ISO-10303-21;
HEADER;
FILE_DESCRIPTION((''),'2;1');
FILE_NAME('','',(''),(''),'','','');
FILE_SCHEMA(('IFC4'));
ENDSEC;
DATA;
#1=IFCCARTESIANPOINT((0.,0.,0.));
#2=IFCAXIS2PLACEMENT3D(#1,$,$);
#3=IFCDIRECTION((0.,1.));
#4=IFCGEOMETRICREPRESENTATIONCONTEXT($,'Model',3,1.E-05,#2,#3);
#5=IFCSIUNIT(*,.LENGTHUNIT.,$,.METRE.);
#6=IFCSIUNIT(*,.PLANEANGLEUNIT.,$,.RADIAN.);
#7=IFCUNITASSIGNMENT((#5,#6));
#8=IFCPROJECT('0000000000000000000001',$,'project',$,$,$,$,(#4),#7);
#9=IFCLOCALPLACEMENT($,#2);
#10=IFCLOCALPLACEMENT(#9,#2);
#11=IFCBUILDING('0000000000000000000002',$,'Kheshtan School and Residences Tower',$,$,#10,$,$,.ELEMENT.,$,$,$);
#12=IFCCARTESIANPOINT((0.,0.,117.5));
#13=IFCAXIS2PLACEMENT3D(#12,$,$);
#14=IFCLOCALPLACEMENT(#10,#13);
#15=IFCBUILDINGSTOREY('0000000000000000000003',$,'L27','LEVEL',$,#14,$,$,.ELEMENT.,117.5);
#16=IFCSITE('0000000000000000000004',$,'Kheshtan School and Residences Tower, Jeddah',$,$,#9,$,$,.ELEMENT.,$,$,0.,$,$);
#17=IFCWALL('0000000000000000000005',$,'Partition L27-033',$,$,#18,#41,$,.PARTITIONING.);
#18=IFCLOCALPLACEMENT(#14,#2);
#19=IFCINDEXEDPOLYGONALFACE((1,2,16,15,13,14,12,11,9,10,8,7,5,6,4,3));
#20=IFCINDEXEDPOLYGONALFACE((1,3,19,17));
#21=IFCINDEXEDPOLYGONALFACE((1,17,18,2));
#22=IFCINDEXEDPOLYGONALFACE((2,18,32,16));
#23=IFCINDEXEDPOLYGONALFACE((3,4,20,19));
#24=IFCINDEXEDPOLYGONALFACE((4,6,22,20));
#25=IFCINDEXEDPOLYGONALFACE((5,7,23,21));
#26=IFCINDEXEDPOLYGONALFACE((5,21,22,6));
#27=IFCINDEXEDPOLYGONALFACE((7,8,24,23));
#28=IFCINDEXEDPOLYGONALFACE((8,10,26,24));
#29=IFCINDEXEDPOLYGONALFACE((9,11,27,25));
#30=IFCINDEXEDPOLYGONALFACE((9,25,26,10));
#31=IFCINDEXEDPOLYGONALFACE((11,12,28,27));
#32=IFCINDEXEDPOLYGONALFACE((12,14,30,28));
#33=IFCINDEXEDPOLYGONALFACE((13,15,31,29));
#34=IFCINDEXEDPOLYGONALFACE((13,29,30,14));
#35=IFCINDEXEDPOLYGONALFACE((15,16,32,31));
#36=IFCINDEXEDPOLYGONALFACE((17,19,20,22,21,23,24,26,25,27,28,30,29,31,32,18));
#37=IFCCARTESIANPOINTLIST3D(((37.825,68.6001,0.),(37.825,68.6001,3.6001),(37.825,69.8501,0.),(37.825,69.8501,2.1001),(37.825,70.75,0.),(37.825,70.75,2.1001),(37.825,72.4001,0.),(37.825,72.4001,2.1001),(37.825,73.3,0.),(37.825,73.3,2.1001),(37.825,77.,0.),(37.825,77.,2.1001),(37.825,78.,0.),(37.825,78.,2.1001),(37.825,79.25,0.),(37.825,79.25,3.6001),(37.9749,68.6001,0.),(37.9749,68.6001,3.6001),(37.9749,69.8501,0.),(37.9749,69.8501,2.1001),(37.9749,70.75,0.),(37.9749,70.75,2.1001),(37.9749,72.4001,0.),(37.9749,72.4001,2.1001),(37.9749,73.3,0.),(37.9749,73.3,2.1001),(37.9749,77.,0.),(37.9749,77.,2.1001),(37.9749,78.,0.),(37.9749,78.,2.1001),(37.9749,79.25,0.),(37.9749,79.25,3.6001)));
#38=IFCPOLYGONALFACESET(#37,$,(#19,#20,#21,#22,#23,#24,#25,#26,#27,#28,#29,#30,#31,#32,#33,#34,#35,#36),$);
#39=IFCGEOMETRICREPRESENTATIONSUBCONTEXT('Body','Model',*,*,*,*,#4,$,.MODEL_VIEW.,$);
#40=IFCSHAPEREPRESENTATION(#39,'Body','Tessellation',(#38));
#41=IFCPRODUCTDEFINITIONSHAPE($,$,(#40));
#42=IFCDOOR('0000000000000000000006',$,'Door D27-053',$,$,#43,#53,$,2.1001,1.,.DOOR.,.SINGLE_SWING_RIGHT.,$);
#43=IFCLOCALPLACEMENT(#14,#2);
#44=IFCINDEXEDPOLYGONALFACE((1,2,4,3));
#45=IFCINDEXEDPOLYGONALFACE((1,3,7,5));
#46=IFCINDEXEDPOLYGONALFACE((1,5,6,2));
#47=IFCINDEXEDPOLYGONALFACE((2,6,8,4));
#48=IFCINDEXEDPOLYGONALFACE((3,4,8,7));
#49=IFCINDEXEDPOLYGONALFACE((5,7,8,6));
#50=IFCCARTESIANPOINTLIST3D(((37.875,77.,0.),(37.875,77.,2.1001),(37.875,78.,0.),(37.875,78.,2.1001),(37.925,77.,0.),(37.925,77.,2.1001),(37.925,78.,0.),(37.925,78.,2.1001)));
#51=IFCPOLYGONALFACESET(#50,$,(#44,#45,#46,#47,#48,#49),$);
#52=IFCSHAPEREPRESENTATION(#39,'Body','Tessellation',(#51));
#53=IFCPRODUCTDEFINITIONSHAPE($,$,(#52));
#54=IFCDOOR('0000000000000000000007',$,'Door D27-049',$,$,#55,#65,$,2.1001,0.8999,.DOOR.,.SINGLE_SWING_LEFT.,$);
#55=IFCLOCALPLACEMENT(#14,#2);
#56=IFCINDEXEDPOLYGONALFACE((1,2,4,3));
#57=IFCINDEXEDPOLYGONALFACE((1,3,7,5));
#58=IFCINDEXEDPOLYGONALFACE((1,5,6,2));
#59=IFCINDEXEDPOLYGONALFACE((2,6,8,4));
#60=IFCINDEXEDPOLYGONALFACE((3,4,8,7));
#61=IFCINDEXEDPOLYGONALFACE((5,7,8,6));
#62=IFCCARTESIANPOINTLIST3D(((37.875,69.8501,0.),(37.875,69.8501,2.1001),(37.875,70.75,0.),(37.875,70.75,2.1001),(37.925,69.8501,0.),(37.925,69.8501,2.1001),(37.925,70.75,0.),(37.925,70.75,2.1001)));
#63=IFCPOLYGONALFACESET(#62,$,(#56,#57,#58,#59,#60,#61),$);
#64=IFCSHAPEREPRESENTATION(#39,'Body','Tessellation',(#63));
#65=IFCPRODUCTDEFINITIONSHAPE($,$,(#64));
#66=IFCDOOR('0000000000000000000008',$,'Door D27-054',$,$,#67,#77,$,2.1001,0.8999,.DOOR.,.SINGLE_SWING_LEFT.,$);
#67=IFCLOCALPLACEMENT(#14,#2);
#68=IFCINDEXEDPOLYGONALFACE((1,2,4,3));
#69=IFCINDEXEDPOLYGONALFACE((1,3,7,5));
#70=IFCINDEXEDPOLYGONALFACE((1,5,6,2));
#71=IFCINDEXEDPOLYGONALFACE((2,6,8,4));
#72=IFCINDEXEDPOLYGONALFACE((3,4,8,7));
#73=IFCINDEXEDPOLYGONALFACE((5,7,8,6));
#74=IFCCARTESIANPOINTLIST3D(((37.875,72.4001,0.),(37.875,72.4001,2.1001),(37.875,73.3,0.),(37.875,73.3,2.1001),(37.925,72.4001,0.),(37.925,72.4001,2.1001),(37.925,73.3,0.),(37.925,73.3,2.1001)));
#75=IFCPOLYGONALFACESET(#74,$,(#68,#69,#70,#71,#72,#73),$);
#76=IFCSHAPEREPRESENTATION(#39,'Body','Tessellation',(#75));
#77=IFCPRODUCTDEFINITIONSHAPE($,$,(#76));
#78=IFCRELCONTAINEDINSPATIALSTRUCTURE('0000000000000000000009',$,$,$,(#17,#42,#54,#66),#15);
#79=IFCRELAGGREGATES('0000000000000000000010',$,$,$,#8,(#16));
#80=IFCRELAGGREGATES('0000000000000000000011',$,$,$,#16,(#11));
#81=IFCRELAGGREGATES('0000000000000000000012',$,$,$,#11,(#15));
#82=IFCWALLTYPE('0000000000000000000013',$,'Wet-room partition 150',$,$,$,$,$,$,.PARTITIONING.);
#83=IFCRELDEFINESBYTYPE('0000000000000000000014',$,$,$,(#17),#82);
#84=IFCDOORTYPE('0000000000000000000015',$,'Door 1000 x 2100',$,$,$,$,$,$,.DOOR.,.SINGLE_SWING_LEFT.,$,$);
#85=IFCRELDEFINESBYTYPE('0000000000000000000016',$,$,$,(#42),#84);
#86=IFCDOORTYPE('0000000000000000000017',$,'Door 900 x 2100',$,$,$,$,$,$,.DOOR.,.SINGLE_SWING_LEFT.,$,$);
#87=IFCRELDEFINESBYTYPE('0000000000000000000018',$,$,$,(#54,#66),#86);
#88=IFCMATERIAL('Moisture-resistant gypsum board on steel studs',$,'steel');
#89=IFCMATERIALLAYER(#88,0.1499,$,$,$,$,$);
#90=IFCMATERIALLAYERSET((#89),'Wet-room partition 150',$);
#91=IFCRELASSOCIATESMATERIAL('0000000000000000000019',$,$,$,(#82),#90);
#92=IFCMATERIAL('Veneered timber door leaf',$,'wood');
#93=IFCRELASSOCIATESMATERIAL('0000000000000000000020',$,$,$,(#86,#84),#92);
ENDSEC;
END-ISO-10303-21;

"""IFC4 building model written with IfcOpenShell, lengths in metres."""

from ifc_helpers import new_model, si_unit, direction, frame, frame_2d, origin, place, context, subcontext, project, spatial, rectangle, extrude, source, transform, mapped, material, layer, layer_set, type_object, element, fill, save


model = new_model("IFC4")

# Units and contexts
model_context = context("Model", 3, precision=1e-05, world=origin(), true_north=direction((0.0, 1.0)))
body_context = subcontext(model_context, "Body", "Model", "MODEL_VIEW")
ifc_project = project(units=[si_unit("LENGTHUNIT", "METRE"), si_unit("PLANEANGLEUNIT", "RADIAN")], contexts=[model_context])

# Site, building, storey
site_placement = place(None, origin())
site = spatial("IfcSite", under=ifc_project, at=site_placement, Name="Kheshtan School and Residences Tower, Jeddah", CompositionType="ELEMENT", RefElevation=0.0)
building_placement = place(site_placement, origin())
building = spatial("IfcBuilding", under=site, at=building_placement, Name="Kheshtan School and Residences Tower", CompositionType="ELEMENT")
storey_placement = place(building_placement, frame((0.0, 0.0, 117.5)))
storey = spatial("IfcBuildingStorey", under=building, at=storey_placement, Name="L27", Description="LEVEL", CompositionType="ELEMENT", Elevation=117.5)

# Shared definitions
ifc_material_1 = material(Name="Moisture-resistant gypsum board on steel studs", Category="steel")
ifc_layer_1 = layer(ifc_material_1, 0.1499)
ifc_layer_set_1 = layer_set([ifc_layer_1], Name="Wet-room partition 150")
wall_type_1 = type_object("IfcWallType", Name="Wet-room partition 150", PredefinedType="PARTITIONING", material=ifc_layer_set_1)

# Shared definitions
ifc_material_2 = material(Name="Veneered timber door leaf", Category="wood")

# Wall, openings, doors
door_type_1 = type_object("IfcDoorType", Name="Door 900 x 2100", OperationType="SINGLE_SWING_LEFT", PredefinedType="DOOR", material=ifc_material_2)
shared_shape_1 = source(origin(), body_context, "Body", "SweptSolid", [
    extrude(rectangle(XDim=0.8999, YDim=2.1001, at=frame_2d((0.45, 1.05))), frame((0.0, 0.0249, 0.0), z_axis=(0.0, -1.0, 0.0), x_axis=(1.0, 0.0, 0.0)), (0.0, 0.0, 1.0), 0.05),
])
wall_1_placement = place(storey_placement, frame((37.8999, 68.6001, 0.0), z_axis=(0.0, 0.0, 1.0), x_axis=(0.0, 1.0, 0.0)))
wall_1 = element("IfcWall", 1, at=wall_1_placement, inside=storey, type_object=wall_type_1, Name="Partition L27-033", PredefinedType="PARTITIONING", context=body_context, shape_type="SweptSolid", body=[
    extrude(rectangle(XDim=10.6499, YDim=0.1499, at=frame_2d((5.325, 0.0))), origin(), (0.0, 0.0, 1.0), 3.6001),
])
opening_1_placement = place(wall_1_placement, frame((1.25, 0.0, 0.0)))
opening_1 = element("IfcOpeningElement", 2, at=opening_1_placement, cuts=wall_1, PredefinedType="OPENING", context=body_context, shape_type="SweptSolid", body=[
    extrude(rectangle(XDim=0.8999, YDim=2.1001, at=frame_2d((0.45, 1.05))), frame((0.0, 0.085, 0.0), z_axis=(0.0, -1.0, 0.0), x_axis=(1.0, 0.0, 0.0)), (0.0, 0.0, 1.0), 0.1699),
])
opening_2_placement = place(wall_1_placement, frame((8.3999, 0.0, 0.0)))
opening_2 = element("IfcOpeningElement", 3, at=opening_2_placement, cuts=wall_1, PredefinedType="OPENING", context=body_context, shape_type="SweptSolid", body=[
    extrude(rectangle(XDim=1.0, YDim=2.1001, at=frame_2d((0.5, 1.05))), frame((0.0, 0.085, 0.0), z_axis=(0.0, -1.0, 0.0), x_axis=(1.0, 0.0, 0.0)), (0.0, 0.0, 1.0), 0.1699),
])
opening_3_placement = place(wall_1_placement, frame((3.8, 0.0, 0.0)))
opening_3 = element("IfcOpeningElement", 4, at=opening_3_placement, cuts=wall_1, PredefinedType="OPENING", context=body_context, shape_type="SweptSolid", body=[
    extrude(rectangle(XDim=0.8999, YDim=2.1001, at=frame_2d((0.45, 1.05))), frame((0.0, 0.085, 0.0), z_axis=(0.0, -1.0, 0.0), x_axis=(1.0, 0.0, 0.0)), (0.0, 0.0, 1.0), 0.1699),
])
door_type_2 = type_object("IfcDoorType", Name="Door 1000 x 2100", OperationType="SINGLE_SWING_LEFT", PredefinedType="DOOR", material=ifc_material_2)
shared_shape_2 = source(origin(), body_context, "Body", "SweptSolid", [
    extrude(rectangle(XDim=1.0, YDim=2.1001, at=frame_2d((0.5, 1.05))), frame((0.0, 0.0249, 0.0), z_axis=(0.0, -1.0, 0.0), x_axis=(1.0, 0.0, 0.0)), (0.0, 0.0, 1.0), 0.05),
])
door_1_placement = place(opening_2_placement, origin())
door_1 = element("IfcDoor", 5, at=door_1_placement, inside=storey, type_object=door_type_2, Name="Door D27-053", OperationType="SINGLE_SWING_RIGHT", OverallHeight=2.1001, OverallWidth=1.0, PredefinedType="DOOR", context=body_context, shape_type="MappedRepresentation", body=[
    mapped(shared_shape_2, transform((0.0, 0.0, 0.0), x_axis=(1.0, 0.0, 0.0), y_axis=(0.0, 1.0, 0.0), z_axis=(0.0, 0.0, 1.0), scale=1.0)),
])
fill(opening_2, door_1)
door_2_placement = place(opening_1_placement, origin())
door_2 = element("IfcDoor", 6, at=door_2_placement, inside=storey, type_object=door_type_1, Name="Door D27-049", OperationType="SINGLE_SWING_LEFT", OverallHeight=2.1001, OverallWidth=0.8999, PredefinedType="DOOR", context=body_context, shape_type="MappedRepresentation", body=[
    mapped(shared_shape_1, transform((0.0, 0.0, 0.0), x_axis=(1.0, 0.0, 0.0), y_axis=(0.0, 1.0, 0.0), z_axis=(0.0, 0.0, 1.0), scale=1.0)),
])
fill(opening_1, door_2)
door_3_placement = place(opening_3_placement, origin())
door_3 = element("IfcDoor", 7, at=door_3_placement, inside=storey, type_object=door_type_1, Name="Door D27-054", OperationType="SINGLE_SWING_LEFT", OverallHeight=2.1001, OverallWidth=0.8999, PredefinedType="DOOR", context=body_context, shape_type="MappedRepresentation", body=[
    mapped(shared_shape_1, transform((0.0, 0.0, 0.0), x_axis=(1.0, 0.0, 0.0), y_axis=(0.0, 1.0, 0.0), z_axis=(0.0, 0.0, 1.0), scale=1.0)),
])
fill(opening_3, door_3)

save(model, "model.ifc")
